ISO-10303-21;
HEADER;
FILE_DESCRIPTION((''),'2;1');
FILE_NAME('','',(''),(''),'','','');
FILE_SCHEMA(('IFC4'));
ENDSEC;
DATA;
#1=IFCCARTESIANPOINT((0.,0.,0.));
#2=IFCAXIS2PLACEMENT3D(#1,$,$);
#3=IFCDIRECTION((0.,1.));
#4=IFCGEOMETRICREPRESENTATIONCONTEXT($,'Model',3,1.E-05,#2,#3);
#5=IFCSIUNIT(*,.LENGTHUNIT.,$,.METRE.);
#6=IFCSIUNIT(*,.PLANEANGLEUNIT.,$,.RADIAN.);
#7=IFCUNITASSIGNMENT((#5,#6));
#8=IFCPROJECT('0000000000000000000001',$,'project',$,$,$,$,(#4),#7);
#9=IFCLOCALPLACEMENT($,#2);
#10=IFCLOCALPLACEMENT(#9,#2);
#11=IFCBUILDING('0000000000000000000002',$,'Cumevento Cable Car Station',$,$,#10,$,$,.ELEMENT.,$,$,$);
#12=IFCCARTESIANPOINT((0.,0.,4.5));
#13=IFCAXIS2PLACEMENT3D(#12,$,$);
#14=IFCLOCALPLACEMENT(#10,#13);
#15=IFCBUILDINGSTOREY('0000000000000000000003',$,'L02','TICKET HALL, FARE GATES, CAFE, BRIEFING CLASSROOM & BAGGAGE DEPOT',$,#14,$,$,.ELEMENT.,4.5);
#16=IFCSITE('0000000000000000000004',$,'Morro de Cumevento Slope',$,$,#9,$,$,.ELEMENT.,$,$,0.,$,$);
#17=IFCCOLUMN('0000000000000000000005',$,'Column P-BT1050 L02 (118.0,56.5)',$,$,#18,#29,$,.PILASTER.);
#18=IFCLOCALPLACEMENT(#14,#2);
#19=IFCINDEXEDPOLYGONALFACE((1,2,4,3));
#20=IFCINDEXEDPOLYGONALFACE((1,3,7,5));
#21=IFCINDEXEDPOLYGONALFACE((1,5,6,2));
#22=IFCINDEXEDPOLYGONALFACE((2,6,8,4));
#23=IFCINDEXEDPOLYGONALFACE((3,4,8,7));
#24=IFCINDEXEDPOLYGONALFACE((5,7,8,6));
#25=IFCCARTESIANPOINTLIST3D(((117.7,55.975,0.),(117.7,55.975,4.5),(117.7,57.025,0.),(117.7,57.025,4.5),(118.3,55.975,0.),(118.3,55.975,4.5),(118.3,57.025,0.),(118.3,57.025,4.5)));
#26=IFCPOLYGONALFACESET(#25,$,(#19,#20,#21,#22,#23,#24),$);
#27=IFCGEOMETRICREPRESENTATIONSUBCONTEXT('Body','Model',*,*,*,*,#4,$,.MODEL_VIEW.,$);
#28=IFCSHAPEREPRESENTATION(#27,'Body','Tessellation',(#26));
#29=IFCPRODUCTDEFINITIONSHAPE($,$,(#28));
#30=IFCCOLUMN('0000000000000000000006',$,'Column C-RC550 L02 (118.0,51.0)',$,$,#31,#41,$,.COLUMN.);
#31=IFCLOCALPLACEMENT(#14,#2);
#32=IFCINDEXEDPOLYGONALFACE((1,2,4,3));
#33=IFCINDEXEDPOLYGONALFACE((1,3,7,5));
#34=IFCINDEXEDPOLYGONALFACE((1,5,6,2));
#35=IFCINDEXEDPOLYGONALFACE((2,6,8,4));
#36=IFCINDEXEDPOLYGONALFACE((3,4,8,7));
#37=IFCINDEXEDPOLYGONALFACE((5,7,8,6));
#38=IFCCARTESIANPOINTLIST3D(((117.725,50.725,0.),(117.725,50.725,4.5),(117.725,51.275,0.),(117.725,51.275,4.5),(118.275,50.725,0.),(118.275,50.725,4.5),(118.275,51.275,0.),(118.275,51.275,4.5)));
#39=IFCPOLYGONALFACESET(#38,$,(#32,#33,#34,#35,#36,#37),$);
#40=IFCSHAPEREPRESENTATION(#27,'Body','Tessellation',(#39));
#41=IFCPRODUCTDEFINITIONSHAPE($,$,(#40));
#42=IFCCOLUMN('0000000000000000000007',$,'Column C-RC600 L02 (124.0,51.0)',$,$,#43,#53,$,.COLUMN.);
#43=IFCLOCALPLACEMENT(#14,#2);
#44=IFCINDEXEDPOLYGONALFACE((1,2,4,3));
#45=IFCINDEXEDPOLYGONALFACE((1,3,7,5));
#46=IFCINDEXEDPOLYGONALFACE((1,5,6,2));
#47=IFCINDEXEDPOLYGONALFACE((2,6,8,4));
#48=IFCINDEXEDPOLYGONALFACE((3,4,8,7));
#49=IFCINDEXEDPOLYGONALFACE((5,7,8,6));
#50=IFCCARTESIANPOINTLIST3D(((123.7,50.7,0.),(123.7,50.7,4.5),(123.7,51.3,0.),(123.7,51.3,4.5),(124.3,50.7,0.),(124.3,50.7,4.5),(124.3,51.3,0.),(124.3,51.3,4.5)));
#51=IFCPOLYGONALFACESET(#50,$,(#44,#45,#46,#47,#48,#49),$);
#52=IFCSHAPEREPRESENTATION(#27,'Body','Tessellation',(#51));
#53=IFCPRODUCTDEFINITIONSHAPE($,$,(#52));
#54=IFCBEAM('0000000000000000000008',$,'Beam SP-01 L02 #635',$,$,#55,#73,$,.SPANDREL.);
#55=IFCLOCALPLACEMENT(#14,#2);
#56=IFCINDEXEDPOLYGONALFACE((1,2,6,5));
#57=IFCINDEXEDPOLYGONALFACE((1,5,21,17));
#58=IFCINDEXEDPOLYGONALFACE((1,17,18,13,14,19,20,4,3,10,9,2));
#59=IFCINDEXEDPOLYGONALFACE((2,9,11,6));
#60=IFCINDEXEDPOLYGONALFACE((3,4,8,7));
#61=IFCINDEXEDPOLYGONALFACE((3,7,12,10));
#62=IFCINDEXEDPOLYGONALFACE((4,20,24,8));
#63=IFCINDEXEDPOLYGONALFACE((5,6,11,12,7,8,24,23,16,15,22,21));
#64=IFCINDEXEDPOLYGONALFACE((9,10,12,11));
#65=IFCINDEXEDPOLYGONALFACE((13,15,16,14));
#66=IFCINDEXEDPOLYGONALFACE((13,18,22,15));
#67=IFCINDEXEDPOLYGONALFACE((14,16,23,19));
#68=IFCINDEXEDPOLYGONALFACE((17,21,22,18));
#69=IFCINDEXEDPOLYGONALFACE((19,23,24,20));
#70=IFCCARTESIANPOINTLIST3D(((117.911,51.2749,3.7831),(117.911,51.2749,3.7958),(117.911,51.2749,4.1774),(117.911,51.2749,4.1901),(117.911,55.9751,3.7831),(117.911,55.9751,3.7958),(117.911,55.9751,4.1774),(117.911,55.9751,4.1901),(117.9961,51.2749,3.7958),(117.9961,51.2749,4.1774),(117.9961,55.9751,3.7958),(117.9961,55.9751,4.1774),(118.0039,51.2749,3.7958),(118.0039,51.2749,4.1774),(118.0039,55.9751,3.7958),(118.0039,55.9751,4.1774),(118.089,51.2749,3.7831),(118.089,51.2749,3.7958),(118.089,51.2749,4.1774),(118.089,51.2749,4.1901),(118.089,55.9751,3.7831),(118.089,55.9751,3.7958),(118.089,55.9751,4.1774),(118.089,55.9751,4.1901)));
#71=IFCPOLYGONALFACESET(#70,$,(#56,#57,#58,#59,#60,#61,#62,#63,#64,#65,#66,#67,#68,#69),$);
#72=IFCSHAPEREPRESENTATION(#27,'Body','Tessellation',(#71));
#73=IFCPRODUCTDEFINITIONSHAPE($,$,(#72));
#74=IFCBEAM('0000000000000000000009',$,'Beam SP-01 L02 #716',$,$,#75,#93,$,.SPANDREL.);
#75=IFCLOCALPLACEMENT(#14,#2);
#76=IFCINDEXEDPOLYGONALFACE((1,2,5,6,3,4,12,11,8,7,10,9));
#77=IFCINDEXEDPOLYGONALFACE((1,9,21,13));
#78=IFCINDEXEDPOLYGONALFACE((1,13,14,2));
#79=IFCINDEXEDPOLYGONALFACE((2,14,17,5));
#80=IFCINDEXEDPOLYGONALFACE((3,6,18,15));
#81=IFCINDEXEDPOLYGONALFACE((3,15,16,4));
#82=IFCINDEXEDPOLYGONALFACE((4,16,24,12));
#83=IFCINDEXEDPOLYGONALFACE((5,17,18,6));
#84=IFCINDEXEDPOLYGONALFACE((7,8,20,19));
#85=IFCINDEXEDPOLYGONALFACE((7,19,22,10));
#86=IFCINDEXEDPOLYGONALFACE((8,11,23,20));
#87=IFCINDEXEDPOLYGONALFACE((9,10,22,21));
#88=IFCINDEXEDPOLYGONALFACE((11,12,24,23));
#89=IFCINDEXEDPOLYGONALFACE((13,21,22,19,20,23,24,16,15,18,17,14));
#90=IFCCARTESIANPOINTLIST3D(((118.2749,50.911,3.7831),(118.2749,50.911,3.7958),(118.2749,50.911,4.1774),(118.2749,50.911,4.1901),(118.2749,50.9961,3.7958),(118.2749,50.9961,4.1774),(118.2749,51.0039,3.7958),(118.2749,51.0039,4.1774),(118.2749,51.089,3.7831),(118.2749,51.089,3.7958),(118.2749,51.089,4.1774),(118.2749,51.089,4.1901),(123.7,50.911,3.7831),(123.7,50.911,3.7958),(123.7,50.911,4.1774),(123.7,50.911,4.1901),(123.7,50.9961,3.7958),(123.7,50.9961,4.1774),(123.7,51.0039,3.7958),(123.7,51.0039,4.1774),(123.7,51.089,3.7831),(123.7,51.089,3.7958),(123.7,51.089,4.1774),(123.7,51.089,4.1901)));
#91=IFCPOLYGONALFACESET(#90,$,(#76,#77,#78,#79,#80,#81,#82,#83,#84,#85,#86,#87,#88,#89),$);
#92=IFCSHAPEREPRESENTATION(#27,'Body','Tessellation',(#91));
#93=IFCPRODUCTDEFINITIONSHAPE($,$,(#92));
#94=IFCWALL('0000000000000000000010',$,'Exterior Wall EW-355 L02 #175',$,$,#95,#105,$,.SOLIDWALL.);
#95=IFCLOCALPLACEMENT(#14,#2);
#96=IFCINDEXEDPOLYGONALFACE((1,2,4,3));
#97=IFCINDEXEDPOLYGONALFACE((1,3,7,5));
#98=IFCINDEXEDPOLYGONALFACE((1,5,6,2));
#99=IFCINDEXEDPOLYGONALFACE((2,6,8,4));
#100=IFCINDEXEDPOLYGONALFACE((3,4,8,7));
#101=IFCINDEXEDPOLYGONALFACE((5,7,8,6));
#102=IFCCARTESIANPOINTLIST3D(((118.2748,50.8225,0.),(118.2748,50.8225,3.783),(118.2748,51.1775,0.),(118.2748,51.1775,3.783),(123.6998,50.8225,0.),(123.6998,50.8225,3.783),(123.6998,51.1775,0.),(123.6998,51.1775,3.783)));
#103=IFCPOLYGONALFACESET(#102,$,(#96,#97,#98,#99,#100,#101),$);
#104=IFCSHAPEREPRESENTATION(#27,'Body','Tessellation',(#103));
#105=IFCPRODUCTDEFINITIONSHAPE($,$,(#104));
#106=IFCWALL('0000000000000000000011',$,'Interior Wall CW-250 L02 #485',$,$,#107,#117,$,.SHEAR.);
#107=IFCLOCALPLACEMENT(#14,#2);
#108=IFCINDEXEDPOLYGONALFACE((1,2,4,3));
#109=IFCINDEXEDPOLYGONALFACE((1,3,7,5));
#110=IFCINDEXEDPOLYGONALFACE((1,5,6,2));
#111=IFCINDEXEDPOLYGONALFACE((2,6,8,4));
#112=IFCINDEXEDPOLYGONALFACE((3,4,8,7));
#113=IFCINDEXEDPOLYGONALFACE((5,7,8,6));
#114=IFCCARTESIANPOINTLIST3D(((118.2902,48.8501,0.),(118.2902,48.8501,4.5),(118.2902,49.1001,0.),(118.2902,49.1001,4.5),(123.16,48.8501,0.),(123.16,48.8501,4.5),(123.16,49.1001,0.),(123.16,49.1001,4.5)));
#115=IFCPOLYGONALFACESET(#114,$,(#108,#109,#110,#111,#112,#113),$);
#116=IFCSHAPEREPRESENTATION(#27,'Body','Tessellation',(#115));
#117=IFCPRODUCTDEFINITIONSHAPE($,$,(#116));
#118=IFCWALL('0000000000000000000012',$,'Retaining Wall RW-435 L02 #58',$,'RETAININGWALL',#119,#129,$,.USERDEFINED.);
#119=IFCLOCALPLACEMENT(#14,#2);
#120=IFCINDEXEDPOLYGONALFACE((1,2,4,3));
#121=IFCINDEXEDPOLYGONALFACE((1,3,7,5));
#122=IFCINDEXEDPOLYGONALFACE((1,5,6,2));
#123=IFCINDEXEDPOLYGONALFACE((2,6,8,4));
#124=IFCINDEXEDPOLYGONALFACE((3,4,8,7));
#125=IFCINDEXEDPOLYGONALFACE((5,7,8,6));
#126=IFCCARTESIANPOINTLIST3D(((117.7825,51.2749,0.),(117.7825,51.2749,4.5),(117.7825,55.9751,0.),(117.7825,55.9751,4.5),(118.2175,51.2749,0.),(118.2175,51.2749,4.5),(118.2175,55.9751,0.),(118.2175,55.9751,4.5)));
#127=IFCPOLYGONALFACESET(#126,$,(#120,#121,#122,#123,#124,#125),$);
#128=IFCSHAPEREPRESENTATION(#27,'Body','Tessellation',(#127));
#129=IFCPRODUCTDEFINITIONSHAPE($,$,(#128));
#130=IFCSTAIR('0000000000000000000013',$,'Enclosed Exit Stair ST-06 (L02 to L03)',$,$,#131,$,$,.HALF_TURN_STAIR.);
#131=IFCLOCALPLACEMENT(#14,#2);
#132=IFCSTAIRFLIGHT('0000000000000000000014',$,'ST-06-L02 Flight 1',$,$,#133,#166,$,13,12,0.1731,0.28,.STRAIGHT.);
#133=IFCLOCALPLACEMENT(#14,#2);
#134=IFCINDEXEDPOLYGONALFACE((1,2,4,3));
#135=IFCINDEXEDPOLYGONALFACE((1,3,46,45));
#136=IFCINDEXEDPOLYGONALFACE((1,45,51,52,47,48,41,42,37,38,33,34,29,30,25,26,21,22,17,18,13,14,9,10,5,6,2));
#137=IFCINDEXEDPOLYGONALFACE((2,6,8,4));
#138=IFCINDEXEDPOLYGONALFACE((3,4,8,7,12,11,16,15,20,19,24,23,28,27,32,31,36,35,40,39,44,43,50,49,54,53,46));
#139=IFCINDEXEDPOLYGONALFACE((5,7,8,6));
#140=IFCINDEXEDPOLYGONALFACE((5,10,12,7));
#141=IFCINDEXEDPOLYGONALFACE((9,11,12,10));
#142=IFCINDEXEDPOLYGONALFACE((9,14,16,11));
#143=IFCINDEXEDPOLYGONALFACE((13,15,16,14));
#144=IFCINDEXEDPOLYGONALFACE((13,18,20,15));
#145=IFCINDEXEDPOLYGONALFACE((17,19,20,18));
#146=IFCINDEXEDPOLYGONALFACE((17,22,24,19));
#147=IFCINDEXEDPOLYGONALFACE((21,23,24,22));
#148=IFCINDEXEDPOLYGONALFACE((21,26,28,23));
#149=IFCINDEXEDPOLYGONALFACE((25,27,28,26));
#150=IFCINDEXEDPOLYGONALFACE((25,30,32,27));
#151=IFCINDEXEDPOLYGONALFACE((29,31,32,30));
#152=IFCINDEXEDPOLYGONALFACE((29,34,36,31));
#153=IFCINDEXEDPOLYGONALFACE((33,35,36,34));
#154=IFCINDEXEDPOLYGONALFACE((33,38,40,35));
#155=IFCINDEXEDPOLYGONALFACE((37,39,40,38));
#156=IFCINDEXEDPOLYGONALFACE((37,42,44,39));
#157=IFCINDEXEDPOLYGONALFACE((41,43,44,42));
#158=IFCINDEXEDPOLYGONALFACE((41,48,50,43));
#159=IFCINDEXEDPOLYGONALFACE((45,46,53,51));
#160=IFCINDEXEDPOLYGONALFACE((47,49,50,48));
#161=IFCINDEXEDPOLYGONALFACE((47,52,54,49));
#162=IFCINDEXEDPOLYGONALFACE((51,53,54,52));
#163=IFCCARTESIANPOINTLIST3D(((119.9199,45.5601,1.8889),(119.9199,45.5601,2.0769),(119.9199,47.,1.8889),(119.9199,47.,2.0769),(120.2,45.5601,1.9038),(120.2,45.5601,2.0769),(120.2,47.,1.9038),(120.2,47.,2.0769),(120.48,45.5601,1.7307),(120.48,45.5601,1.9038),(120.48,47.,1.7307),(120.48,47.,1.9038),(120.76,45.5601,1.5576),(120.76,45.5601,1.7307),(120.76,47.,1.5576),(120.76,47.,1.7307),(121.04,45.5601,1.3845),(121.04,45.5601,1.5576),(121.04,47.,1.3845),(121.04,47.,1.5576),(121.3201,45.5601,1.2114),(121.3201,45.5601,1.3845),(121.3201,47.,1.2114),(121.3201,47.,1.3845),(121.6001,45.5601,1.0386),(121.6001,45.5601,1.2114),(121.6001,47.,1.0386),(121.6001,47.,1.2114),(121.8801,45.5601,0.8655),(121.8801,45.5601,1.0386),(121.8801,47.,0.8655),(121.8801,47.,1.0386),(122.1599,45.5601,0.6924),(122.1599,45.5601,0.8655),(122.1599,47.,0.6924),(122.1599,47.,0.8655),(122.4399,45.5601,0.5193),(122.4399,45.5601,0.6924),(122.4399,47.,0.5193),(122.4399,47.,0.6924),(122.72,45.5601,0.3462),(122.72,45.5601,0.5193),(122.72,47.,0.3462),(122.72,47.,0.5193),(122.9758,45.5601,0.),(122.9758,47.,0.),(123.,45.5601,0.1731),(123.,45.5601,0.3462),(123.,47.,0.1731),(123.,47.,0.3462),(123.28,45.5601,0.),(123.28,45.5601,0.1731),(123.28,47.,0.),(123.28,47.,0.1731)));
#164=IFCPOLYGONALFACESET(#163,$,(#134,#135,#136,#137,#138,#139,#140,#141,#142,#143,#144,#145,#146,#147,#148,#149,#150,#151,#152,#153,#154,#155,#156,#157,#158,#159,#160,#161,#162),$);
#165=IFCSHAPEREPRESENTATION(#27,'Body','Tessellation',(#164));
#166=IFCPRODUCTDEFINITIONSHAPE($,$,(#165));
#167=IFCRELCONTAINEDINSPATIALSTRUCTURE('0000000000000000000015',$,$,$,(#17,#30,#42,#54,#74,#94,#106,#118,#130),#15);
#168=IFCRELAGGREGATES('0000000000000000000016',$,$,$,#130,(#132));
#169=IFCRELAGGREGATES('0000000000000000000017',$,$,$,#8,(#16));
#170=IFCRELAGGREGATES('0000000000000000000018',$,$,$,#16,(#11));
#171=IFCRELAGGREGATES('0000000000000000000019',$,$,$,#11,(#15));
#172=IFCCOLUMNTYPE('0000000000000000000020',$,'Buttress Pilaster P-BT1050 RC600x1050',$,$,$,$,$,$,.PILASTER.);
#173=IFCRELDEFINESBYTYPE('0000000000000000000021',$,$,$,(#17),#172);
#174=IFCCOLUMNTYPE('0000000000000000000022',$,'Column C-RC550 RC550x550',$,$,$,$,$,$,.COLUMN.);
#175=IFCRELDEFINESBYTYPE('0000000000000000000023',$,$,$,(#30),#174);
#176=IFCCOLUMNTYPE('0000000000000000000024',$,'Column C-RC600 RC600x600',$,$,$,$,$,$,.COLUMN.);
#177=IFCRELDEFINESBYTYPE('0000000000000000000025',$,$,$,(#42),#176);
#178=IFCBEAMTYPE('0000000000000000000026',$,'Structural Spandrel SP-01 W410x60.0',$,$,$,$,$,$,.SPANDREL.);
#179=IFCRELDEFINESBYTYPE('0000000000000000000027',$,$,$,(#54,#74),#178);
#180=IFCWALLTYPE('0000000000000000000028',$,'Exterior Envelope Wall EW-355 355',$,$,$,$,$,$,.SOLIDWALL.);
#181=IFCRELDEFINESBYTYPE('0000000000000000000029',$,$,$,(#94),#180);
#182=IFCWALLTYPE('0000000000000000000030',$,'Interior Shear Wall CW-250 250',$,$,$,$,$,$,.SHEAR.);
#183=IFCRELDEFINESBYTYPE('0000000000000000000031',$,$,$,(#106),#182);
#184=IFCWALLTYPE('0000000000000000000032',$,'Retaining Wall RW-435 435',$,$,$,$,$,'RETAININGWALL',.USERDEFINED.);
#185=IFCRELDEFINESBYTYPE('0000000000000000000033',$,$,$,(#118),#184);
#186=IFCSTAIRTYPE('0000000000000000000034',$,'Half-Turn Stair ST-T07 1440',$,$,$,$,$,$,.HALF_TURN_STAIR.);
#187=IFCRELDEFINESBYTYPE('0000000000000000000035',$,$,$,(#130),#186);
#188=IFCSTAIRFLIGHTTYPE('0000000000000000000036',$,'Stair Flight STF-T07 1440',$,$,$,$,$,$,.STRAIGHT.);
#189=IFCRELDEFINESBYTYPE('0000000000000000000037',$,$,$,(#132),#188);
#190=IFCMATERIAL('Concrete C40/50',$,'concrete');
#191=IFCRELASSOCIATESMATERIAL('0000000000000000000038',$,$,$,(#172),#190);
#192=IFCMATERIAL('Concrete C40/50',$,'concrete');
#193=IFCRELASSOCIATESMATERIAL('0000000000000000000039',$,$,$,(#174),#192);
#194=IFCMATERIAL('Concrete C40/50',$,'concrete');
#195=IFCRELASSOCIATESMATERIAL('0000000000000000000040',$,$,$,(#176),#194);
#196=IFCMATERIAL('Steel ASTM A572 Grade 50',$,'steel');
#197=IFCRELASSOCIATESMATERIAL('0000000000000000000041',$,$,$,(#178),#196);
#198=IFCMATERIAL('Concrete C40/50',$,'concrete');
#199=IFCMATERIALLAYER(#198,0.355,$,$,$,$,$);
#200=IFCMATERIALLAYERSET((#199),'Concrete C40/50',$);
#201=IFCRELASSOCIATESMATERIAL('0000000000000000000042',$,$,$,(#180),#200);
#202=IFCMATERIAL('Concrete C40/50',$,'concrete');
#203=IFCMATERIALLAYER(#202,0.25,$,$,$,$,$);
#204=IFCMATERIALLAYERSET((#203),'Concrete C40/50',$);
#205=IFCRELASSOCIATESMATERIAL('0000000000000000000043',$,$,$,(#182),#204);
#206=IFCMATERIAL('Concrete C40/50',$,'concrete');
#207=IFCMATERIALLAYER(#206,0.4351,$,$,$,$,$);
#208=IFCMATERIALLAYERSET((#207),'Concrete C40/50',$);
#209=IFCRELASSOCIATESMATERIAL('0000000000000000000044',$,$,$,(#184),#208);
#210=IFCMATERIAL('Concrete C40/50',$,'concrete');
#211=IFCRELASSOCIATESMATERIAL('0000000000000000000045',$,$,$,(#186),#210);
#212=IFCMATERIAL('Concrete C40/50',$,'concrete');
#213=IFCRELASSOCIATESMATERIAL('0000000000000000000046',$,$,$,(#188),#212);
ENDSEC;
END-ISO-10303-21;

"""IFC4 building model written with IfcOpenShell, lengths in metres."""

from ifc_helpers import new_model, si_unit, direction, frame, frame_2d, origin, origin_2d, place, context, subcontext, project, spatial, polyline, rectangle, i_section, outline, extrude, material, layer, layer_set, material_profile, profile_set, type_object, element, aggregate, save


model = new_model("IFC4")

# Units and contexts
model_context = context("Model", 3, precision=1e-05, world=origin(), true_north=direction((0.0, 1.0)))
body_context = subcontext(model_context, "Body", "Model", "MODEL_VIEW")
ifc_project = project(units=[si_unit("LENGTHUNIT", "METRE"), si_unit("PLANEANGLEUNIT", "RADIAN")], contexts=[model_context])

# Site, building, storey
site_placement = place(None, origin())
site = spatial("IfcSite", under=ifc_project, at=site_placement, Name="Morro de Cumevento Slope", CompositionType="ELEMENT", RefElevation=0.0)
building_placement = place(site_placement, origin())
building = spatial("IfcBuilding", under=site, at=building_placement, Name="Cumevento Cable Car Station", CompositionType="ELEMENT")
storey_placement = place(building_placement, frame((0.0, 0.0, 4.5)))
storey = spatial("IfcBuildingStorey", under=building, at=storey_placement, Name="L02", Description="TICKET HALL, FARE GATES, CAFE, BRIEFING CLASSROOM & BAGGAGE DEPOT", CompositionType="ELEMENT", Elevation=4.5)

# Columns
ifc_material_1 = material(Name="Concrete C40/50", Category="concrete")
ifc_material_profile_1 = material_profile(ifc_material_1, rectangle(XDim=0.6001, YDim=1.05, at=origin_2d()), Name="RC600x1050")
ifc_profile_set_1 = profile_set([ifc_material_profile_1], Name="Concrete C40/50")
column_type_1 = type_object("IfcColumnType", Name="Buttress Pilaster P-BT1050 RC600x1050", PredefinedType="PILASTER", material=ifc_profile_set_1)
column_1_placement = place(storey_placement, frame((118.0, 56.5, 0.0), z_axis=(0.0, 0.0, 1.0), x_axis=(1.0, 0.0, 0.0)))
element("IfcColumn", 1, at=column_1_placement, inside=storey, type_object=column_type_1, Name="Column P-BT1050 L02 (118.0,56.5)", PredefinedType="PILASTER", context=body_context, shape_type="SweptSolid", body=[
    extrude(rectangle(XDim=0.6001, YDim=1.05, at=origin_2d()), origin(), (0.0, 0.0, 1.0), 4.5),
])
ifc_material_2 = material(Name="Concrete C40/50", Category="concrete")
ifc_material_profile_2 = material_profile(ifc_material_2, rectangle(XDim=0.55, YDim=0.55, at=origin_2d()), Name="RC550x550")
ifc_profile_set_2 = profile_set([ifc_material_profile_2], Name="Concrete C40/50")
column_type_2 = type_object("IfcColumnType", Name="Column C-RC550 RC550x550", PredefinedType="COLUMN", material=ifc_profile_set_2)
column_2_placement = place(storey_placement, frame((118.0, 51.0, 0.0), z_axis=(0.0, 0.0, 1.0), x_axis=(1.0, 0.0, 0.0)))
element("IfcColumn", 2, at=column_2_placement, inside=storey, type_object=column_type_2, Name="Column C-RC550 L02 (118.0,51.0)", PredefinedType="COLUMN", context=body_context, shape_type="SweptSolid", body=[
    extrude(rectangle(XDim=0.55, YDim=0.55, at=origin_2d()), origin(), (0.0, 0.0, 1.0), 4.5),
])
ifc_material_3 = material(Name="Concrete C40/50", Category="concrete")
ifc_material_profile_3 = material_profile(ifc_material_3, rectangle(XDim=0.6001, YDim=0.6001, at=origin_2d()), Name="RC600x600")
ifc_profile_set_3 = profile_set([ifc_material_profile_3], Name="Concrete C40/50")
column_type_3 = type_object("IfcColumnType", Name="Column C-RC600 RC600x600", PredefinedType="COLUMN", material=ifc_profile_set_3)
column_3_placement = place(storey_placement, frame((124.0, 51.0, 0.0), z_axis=(0.0, 0.0, 1.0), x_axis=(1.0, 0.0, 0.0)))
element("IfcColumn", 3, at=column_3_placement, inside=storey, type_object=column_type_3, Name="Column C-RC600 L02 (124.0,51.0)", PredefinedType="COLUMN", context=body_context, shape_type="SweptSolid", body=[
    extrude(rectangle(XDim=0.6001, YDim=0.6001, at=origin_2d()), origin(), (0.0, 0.0, 1.0), 4.5),
])

# Beams
ifc_material_4 = material(Name="Steel ASTM A572 Grade 50", Category="steel")
ifc_material_profile_4 = material_profile(ifc_material_4, i_section(OverallWidth=0.178, OverallDepth=0.407, WebThickness=0.0078, FlangeThickness=0.0127, at=origin_2d()), Name="W410x60.0")
ifc_profile_set_4 = profile_set([ifc_material_profile_4], Name="Steel ASTM A572 Grade 50")
beam_type = type_object("IfcBeamType", Name="Structural Spandrel SP-01 W410x60.0", PredefinedType="SPANDREL", material=ifc_profile_set_4)
beam_1_placement = place(storey_placement, frame((118.0, 51.2749, 3.9866), z_axis=(0.0, 1.0, 0.0), x_axis=(-1.0, 0.0, 0.0)))
element("IfcBeam", 4, at=beam_1_placement, inside=storey, type_object=beam_type, Name="Beam SP-01 L02 #635", PredefinedType="SPANDREL", context=body_context, shape_type="SweptSolid", body=[
    extrude(i_section(OverallWidth=0.178, OverallDepth=0.407, WebThickness=0.0078, FlangeThickness=0.0127, at=origin_2d()), origin(), (0.0, 0.0, 1.0), 4.7002),
])
beam_2_placement = place(storey_placement, frame((118.2749, 51.0, 3.9866), z_axis=(1.0, 0.0, 0.0), x_axis=(0.0, 1.0, 0.0)))
element("IfcBeam", 5, at=beam_2_placement, inside=storey, type_object=beam_type, Name="Beam SP-01 L02 #716", PredefinedType="SPANDREL", context=body_context, shape_type="SweptSolid", body=[
    extrude(i_section(OverallWidth=0.178, OverallDepth=0.407, WebThickness=0.0078, FlangeThickness=0.0127, at=origin_2d()), origin(), (0.0, 0.0, 1.0), 5.425),
])

# Walls
ifc_material_5 = material(Name="Concrete C40/50", Category="concrete")
ifc_layer_1 = layer(ifc_material_5, 0.355)
ifc_layer_set_1 = layer_set([ifc_layer_1], Name="Concrete C40/50")
wall_type_1 = type_object("IfcWallType", Name="Exterior Envelope Wall EW-355 355", PredefinedType="SOLIDWALL", material=ifc_layer_set_1)
wall_1_placement = place(storey_placement, frame((118.2749, 51.0, 0.0), z_axis=(0.0, 0.0, 1.0), x_axis=(1.0, 0.0, 0.0)))
element("IfcWall", 6, at=wall_1_placement, inside=storey, type_object=wall_type_1, Name="Exterior Wall EW-355 L02 #175", PredefinedType="SOLIDWALL", context=body_context, shape_type="SweptSolid", body=[
    extrude(rectangle(XDim=5.425, YDim=0.355, at=frame_2d((2.7124, 0.0))), origin(), (0.0, 0.0, 1.0), 3.783),
])
ifc_material_6 = material(Name="Concrete C40/50", Category="concrete")
ifc_layer_2 = layer(ifc_material_6, 0.25)
ifc_layer_set_2 = layer_set([ifc_layer_2], Name="Concrete C40/50")
wall_type_2 = type_object("IfcWallType", Name="Interior Shear Wall CW-250 250", PredefinedType="SHEAR", material=ifc_layer_set_2)
wall_2_placement = place(storey_placement, frame((118.29, 48.9751, 0.0), z_axis=(0.0, 0.0, 1.0), x_axis=(1.0, 0.0, 0.0)))
element("IfcWall", 7, at=wall_2_placement, inside=storey, type_object=wall_type_2, Name="Interior Wall CW-250 L02 #485", PredefinedType="SHEAR", context=body_context, shape_type="SweptSolid", body=[
    extrude(rectangle(XDim=4.8699, YDim=0.25, at=frame_2d((2.4351, 0.0))), origin(), (0.0, 0.0, 1.0), 4.5),
])

# Wall
ifc_material_7 = material(Name="Concrete C40/50", Category="concrete")
ifc_layer_3 = layer(ifc_material_7, 0.4351)
ifc_layer_set_3 = layer_set([ifc_layer_3], Name="Concrete C40/50")
wall_type_3 = type_object("IfcWallType", Name="Retaining Wall RW-435 435", ElementType="RETAININGWALL", PredefinedType="USERDEFINED", material=ifc_layer_set_3)
wall_3_placement = place(storey_placement, frame((118.0, 51.2749, 0.0), z_axis=(0.0, 0.0, 1.0), x_axis=(0.0, 1.0, 0.0)))
element("IfcWall", 8, at=wall_3_placement, inside=storey, type_object=wall_type_3, Name="Retaining Wall RW-435 L02 #58", ObjectType="RETAININGWALL", PredefinedType="USERDEFINED", context=body_context, shape_type="SweptSolid", body=[
    extrude(rectangle(XDim=4.7002, YDim=0.4351, at=frame_2d((2.3501, 0.0))), origin(), (0.0, 0.0, 1.0), 4.5),
])

# Stair, stair flight
ifc_material_8 = material(Name="Concrete C40/50", Category="concrete")
stair_type = type_object("IfcStairType", Name="Half-Turn Stair ST-T07 1440", PredefinedType="HALF_TURN_STAIR", material=ifc_material_8)
stair_placement = place(storey_placement, origin())
stair = element("IfcStair", 9, at=stair_placement, inside=storey, type_object=stair_type, Name="Enclosed Exit Stair ST-06 (L02 to L03)", PredefinedType="HALF_TURN_STAIR")
ifc_material_9 = material(Name="Concrete C40/50", Category="concrete")
stair_flight_type = type_object("IfcStairFlightType", Name="Stair Flight STF-T07 1440", PredefinedType="STRAIGHT", material=ifc_material_9)
stair_flight_1_placement = place(storey_placement, frame((123.28, 46.28, 0.0), z_axis=(0.0, 0.0, 1.0), x_axis=(-1.0, 0.0, 0.0)))
stair_flight_1 = element("IfcStairFlight", 10, at=stair_flight_1_placement, type_object=stair_flight_type, Name="ST-06-L02 Flight 1", NumberOfRisers=13, NumberOfTreads=12, PredefinedType="STRAIGHT", RiserHeight=0.1731, TreadLength=0.28, context=body_context, shape_type="SweptSolid", body=[
    extrude(outline(polyline([(0.0, 0.0), (0.0, 0.1731), (0.28, 0.1731), (0.28, 0.3462), (0.5601, 0.3462), (0.5601, 0.5193), (0.8401, 0.5193), (0.8401, 0.6924), (1.1201, 0.6924), (1.1201, 0.8655), (1.3999, 0.8655), (1.3999, 1.0386), (1.6799, 1.0386), (1.6799, 1.2114), (1.96, 1.2114), (1.96, 1.3845), (2.24, 1.3845), (2.24, 1.5576), (2.52, 1.5576), (2.52, 1.7307), (2.8, 1.7307), (2.8, 1.9038), (3.0801, 1.9038), (3.0801, 2.0769), (3.3601, 2.0769), (3.3601, 2.25), (3.3601, 1.8889), (0.3042, 0.0), (0.0, 0.0)])), frame((0.0, 0.72, 0.0), z_axis=(0.0, -1.0, 0.0), x_axis=(1.0, 0.0, 0.0)), (0.0, 0.0, 1.0), 1.4399),
])
aggregate(stair, [stair_flight_1])

save(model, "model.ifc")
